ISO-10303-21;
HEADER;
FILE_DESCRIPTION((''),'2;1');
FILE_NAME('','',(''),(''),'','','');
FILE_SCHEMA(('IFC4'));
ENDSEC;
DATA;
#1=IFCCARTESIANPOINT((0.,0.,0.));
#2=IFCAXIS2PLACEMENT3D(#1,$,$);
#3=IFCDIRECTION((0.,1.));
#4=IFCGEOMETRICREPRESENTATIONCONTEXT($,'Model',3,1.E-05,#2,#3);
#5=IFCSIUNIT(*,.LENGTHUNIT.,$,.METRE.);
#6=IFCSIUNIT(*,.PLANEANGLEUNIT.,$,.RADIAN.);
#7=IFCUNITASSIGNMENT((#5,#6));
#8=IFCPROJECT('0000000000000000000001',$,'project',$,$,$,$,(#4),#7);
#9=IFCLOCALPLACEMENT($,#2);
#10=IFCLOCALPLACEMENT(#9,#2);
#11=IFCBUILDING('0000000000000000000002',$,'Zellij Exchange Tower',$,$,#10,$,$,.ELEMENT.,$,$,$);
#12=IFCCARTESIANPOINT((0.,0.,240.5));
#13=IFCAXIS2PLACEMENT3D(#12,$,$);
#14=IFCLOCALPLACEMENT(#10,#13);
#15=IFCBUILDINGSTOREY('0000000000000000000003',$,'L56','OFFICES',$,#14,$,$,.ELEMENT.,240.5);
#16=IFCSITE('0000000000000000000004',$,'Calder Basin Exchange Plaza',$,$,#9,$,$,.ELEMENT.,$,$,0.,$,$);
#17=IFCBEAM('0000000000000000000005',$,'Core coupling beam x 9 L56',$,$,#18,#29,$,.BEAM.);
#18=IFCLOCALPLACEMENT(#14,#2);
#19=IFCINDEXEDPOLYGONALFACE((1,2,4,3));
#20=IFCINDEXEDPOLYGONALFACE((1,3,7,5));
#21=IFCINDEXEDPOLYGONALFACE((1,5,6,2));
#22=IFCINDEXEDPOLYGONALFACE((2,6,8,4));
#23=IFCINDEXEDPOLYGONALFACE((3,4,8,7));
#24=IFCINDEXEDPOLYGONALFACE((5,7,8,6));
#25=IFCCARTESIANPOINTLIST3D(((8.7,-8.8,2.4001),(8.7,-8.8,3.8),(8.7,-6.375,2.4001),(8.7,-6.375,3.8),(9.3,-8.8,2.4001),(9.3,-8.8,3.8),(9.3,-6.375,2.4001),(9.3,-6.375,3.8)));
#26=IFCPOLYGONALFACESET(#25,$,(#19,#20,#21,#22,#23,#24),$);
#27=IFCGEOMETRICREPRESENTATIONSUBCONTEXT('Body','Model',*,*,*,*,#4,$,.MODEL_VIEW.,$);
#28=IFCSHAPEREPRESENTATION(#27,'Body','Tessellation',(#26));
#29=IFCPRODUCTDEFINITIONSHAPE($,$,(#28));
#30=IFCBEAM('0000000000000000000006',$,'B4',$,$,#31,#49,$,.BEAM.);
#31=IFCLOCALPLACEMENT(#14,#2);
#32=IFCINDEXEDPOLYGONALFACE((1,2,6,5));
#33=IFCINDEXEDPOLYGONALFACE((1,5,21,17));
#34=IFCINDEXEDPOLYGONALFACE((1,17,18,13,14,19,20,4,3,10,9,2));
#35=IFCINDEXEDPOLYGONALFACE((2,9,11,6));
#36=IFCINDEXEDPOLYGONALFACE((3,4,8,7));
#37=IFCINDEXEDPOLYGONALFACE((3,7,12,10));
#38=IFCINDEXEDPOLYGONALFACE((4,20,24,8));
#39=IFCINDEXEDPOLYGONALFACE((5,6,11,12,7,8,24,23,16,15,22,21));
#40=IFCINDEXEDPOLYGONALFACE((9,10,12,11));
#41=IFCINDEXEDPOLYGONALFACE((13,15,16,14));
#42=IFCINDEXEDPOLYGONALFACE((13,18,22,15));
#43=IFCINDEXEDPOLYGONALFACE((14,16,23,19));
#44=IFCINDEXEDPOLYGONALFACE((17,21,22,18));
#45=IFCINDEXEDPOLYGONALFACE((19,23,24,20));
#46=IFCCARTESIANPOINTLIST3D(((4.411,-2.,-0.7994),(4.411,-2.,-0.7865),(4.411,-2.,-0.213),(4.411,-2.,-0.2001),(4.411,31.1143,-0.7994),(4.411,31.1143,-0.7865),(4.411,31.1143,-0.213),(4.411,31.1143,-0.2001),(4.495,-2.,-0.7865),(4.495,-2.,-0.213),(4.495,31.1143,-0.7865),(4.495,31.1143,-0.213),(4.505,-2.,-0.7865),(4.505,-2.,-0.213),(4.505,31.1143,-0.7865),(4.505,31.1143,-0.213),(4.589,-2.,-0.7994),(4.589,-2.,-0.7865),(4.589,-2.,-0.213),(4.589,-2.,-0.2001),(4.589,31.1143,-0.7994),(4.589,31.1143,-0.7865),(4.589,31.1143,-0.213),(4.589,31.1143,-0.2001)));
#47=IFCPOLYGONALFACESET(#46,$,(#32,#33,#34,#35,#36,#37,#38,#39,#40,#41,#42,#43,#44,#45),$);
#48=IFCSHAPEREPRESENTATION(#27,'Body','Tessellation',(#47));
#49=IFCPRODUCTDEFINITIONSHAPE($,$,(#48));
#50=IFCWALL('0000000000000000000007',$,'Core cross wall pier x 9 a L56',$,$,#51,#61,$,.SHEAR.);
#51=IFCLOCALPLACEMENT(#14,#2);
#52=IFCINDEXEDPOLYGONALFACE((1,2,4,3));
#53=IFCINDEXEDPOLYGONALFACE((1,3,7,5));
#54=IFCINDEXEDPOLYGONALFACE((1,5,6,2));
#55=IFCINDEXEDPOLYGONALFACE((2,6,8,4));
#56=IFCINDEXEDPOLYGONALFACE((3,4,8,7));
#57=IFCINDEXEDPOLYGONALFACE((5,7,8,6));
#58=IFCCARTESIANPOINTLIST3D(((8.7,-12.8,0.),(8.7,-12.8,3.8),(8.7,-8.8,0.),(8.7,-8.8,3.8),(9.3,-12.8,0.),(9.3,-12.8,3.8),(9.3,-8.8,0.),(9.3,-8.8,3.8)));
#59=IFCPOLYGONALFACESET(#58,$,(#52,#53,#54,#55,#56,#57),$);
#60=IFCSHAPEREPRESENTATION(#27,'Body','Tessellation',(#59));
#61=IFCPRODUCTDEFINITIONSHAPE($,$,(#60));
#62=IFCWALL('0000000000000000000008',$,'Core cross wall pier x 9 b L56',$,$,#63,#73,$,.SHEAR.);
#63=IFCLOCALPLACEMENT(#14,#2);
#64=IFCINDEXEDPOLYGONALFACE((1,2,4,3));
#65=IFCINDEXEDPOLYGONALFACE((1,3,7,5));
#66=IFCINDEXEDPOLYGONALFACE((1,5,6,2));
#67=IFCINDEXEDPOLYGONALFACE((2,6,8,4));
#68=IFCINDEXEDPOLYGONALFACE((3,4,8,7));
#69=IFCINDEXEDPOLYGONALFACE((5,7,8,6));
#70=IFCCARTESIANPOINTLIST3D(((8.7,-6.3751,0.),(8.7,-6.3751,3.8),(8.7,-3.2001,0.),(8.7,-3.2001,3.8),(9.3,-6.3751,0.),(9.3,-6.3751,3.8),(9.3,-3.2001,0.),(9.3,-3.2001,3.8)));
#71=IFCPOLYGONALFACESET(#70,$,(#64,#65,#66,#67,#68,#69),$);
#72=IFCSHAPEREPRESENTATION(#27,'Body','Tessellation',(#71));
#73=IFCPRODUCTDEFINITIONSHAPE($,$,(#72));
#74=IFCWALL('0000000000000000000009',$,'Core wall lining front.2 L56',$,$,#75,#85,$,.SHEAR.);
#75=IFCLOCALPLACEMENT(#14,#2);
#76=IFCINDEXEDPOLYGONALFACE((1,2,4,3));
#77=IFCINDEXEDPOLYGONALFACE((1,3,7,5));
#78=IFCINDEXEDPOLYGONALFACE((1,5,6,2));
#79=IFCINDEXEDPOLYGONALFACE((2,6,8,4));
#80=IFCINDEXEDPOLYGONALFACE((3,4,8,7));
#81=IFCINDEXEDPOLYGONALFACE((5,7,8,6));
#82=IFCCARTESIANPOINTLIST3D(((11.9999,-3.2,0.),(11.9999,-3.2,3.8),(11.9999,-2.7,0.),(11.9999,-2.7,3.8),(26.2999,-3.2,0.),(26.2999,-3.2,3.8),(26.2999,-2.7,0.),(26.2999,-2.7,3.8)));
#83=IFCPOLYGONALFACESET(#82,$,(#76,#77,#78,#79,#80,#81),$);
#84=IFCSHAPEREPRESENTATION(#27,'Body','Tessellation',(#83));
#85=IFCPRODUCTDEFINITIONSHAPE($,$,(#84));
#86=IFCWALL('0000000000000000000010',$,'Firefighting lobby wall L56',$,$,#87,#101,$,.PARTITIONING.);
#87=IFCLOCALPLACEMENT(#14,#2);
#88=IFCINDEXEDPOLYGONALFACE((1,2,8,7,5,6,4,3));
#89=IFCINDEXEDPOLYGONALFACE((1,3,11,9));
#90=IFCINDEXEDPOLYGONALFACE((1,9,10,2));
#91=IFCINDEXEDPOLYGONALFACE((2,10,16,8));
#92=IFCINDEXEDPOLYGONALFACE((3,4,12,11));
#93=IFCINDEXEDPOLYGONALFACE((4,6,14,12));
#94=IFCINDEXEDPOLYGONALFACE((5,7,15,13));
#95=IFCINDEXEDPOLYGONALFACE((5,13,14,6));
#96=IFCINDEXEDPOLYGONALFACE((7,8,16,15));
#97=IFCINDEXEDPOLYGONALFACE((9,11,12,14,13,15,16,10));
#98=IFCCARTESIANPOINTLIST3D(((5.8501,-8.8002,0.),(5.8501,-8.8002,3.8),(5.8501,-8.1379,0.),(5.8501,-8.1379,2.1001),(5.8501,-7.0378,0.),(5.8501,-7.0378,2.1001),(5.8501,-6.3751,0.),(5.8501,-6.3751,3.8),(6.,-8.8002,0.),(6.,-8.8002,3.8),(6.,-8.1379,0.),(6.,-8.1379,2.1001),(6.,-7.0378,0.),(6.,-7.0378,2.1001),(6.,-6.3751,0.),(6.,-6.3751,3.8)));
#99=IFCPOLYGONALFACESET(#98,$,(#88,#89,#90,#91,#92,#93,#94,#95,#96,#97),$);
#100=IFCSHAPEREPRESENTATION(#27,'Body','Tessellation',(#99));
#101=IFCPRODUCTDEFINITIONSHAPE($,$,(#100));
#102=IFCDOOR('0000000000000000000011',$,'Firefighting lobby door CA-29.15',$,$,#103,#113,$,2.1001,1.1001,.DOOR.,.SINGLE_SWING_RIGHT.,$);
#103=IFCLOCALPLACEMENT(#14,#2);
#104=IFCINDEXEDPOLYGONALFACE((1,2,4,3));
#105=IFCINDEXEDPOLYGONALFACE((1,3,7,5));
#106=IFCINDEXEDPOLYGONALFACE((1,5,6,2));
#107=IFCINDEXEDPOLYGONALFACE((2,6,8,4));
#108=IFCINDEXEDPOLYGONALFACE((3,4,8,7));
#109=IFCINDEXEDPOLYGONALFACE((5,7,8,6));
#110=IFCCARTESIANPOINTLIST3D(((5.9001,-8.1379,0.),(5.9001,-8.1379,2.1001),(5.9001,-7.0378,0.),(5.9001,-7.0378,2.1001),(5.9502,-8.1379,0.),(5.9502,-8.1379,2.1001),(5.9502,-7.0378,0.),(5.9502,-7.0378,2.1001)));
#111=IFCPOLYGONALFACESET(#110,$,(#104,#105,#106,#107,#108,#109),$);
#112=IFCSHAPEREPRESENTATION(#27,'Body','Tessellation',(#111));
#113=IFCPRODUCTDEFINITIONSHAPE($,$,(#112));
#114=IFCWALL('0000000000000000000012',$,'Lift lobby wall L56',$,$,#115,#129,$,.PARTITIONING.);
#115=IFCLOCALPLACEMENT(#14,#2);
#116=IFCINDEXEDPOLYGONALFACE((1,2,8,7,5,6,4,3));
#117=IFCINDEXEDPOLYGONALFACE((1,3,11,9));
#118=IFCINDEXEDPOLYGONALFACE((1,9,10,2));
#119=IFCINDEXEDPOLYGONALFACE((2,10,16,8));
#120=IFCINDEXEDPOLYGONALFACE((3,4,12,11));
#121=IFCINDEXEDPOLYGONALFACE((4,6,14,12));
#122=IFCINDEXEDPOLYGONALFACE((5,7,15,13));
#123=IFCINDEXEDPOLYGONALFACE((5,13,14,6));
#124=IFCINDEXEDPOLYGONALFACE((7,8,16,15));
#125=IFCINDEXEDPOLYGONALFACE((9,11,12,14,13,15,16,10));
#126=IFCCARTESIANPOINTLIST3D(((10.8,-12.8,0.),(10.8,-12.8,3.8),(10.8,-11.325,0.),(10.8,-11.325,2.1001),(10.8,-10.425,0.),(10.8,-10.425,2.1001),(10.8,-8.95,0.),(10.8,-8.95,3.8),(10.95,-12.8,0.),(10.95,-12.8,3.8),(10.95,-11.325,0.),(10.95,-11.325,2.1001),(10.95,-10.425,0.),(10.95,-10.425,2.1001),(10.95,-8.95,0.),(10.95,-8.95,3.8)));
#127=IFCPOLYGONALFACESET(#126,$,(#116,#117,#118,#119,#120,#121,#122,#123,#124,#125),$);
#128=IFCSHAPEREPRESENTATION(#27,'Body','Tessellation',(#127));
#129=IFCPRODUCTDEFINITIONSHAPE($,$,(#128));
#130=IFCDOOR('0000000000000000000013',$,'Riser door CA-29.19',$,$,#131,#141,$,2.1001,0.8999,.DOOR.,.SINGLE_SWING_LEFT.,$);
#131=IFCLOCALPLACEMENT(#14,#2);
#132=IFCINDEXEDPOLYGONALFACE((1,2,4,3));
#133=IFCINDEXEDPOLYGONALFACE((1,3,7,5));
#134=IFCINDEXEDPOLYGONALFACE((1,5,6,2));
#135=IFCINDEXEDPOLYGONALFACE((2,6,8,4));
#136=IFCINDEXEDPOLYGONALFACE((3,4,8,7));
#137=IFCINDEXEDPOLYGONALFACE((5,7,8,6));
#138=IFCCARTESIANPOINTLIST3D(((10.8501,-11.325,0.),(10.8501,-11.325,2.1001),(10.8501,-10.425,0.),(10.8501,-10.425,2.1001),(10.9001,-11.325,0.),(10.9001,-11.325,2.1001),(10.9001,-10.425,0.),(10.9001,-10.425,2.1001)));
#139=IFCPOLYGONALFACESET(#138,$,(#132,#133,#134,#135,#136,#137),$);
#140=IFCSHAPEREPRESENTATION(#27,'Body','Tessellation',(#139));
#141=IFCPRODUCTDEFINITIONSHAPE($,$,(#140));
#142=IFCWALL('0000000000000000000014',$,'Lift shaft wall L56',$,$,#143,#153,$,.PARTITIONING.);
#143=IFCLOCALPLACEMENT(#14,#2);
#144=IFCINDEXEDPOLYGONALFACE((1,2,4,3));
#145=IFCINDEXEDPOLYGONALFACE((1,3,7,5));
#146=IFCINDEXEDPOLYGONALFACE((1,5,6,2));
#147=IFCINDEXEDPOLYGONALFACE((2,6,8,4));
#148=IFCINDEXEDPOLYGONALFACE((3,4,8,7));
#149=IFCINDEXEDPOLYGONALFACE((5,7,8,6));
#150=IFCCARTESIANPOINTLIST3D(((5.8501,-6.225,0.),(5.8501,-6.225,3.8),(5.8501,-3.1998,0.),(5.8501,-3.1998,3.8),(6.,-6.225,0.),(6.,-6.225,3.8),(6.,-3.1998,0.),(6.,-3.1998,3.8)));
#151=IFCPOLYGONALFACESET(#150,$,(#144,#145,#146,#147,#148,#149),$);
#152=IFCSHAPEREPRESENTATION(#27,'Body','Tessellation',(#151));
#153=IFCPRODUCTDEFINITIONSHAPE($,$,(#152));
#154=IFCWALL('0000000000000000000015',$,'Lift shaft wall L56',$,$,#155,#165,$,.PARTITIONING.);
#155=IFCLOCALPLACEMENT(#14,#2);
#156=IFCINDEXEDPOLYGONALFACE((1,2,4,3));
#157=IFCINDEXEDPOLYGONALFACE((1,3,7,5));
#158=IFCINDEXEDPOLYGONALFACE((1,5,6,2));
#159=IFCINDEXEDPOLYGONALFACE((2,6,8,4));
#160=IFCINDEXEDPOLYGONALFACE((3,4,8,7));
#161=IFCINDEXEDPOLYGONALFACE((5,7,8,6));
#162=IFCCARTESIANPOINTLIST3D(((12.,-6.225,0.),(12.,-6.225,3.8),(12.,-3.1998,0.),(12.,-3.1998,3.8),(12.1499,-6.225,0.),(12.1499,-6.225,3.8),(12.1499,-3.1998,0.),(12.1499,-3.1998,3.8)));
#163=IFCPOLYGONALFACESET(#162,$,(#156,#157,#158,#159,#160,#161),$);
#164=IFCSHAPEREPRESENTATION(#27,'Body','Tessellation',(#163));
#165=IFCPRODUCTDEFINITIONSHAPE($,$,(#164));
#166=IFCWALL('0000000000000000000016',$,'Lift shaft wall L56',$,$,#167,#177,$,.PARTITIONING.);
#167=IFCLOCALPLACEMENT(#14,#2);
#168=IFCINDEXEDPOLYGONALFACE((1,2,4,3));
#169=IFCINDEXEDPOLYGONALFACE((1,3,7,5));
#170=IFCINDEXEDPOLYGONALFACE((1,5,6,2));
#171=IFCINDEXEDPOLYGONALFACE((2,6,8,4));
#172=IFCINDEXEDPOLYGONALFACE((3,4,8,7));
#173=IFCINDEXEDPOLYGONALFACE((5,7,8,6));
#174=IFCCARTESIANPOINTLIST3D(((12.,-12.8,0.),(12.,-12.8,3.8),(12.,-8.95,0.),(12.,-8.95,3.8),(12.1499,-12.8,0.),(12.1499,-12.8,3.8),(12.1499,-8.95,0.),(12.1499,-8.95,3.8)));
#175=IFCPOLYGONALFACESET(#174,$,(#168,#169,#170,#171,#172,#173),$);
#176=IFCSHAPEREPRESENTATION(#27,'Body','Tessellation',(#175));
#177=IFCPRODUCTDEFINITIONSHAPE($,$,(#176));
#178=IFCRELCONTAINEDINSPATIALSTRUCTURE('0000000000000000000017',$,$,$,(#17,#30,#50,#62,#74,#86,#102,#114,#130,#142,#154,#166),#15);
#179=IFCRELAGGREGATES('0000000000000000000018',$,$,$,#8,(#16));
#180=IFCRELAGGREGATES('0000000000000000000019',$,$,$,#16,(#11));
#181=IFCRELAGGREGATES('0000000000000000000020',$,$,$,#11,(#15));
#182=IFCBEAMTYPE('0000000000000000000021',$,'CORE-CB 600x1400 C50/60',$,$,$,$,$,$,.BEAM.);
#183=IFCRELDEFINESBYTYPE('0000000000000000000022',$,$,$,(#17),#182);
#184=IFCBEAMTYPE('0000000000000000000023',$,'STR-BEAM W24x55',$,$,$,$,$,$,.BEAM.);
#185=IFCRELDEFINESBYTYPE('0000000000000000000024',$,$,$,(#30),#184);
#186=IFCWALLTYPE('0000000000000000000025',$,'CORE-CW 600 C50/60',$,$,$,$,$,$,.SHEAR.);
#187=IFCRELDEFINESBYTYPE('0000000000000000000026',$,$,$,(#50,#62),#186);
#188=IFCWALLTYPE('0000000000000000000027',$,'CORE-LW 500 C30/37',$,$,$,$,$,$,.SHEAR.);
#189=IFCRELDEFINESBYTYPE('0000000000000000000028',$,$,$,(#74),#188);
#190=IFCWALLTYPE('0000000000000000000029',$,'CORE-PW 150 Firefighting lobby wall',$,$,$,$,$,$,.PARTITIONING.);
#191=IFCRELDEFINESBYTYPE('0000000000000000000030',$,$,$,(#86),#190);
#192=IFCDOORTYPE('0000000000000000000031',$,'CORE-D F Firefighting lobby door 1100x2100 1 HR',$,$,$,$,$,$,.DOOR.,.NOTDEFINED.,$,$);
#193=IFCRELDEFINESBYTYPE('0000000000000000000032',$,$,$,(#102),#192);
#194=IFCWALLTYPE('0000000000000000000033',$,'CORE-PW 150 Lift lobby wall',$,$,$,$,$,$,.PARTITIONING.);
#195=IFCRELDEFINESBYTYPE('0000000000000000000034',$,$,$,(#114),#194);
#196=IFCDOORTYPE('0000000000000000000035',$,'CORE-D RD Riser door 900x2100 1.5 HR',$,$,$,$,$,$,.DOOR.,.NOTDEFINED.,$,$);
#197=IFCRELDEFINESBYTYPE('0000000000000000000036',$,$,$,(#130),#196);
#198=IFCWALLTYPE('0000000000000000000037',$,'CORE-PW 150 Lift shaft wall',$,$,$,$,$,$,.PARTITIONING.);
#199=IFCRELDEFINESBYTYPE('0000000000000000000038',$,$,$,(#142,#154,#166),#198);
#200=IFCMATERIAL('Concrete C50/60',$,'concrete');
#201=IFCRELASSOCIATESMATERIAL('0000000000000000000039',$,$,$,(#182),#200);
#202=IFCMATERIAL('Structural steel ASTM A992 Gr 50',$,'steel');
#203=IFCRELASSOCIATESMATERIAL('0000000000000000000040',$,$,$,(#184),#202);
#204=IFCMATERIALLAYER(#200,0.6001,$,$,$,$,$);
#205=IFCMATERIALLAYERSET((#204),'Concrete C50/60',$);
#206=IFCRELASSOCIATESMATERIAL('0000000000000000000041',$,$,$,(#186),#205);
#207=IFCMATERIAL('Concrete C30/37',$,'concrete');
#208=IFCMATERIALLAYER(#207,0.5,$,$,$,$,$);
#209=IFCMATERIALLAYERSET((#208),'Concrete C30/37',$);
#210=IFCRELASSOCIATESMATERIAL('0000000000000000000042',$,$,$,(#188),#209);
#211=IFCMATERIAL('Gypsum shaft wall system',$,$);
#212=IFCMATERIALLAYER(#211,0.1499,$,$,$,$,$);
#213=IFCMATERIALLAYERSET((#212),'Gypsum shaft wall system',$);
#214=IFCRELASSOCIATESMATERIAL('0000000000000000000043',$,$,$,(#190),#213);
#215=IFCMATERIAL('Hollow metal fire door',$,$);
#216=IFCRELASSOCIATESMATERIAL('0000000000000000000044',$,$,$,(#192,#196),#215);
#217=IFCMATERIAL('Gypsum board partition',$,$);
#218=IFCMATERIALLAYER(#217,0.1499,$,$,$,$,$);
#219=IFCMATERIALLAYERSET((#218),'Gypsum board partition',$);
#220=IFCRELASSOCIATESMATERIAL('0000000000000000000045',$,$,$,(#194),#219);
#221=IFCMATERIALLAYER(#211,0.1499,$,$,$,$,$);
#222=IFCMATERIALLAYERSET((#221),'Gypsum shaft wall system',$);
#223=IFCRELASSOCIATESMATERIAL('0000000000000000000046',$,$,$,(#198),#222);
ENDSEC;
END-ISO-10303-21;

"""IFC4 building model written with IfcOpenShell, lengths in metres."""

from ifc_helpers import new_model, si_unit, direction, frame, frame_2d, origin, origin_2d, place, context, subcontext, project, spatial, rectangle, i_section, extrude, material, layer, layer_set, material_profile, profile_set, type_object, element, fill, save


model = new_model("IFC4")

# Units and contexts
model_context = context("Model", 3, precision=1e-05, world=origin(), true_north=direction((0.0, 1.0)))
body_context = subcontext(model_context, "Body", "Model", "MODEL_VIEW")
ifc_project = project(units=[si_unit("LENGTHUNIT", "METRE"), si_unit("PLANEANGLEUNIT", "RADIAN")], contexts=[model_context])

# Site, building, storey
site_placement = place(None, origin())
site = spatial("IfcSite", under=ifc_project, at=site_placement, Name="Calder Basin Exchange Plaza", CompositionType="ELEMENT", RefElevation=0.0)
building_placement = place(site_placement, origin())
building = spatial("IfcBuilding", under=site, at=building_placement, Name="Zellij Exchange Tower", CompositionType="ELEMENT")
storey_placement = place(building_placement, frame((0.0, 0.0, 240.5)))
storey = spatial("IfcBuildingStorey", under=building, at=storey_placement, Name="L56", Description="OFFICES", CompositionType="ELEMENT", Elevation=240.5)

# Beams
ifc_material_1 = material(Name="Concrete C50/60", Category="concrete")
ifc_material_profile_1 = material_profile(ifc_material_1, rectangle(XDim=0.6001, YDim=1.3999, at=origin_2d()), Name="CORE-CB 600x1400 C50/60")
ifc_profile_set_1 = profile_set([ifc_material_profile_1], Name="Concrete C50/60")
beam_type_1 = type_object("IfcBeamType", Name="CORE-CB 600x1400 C50/60", PredefinedType="BEAM", material=ifc_profile_set_1)
beam_1_placement = place(storey_placement, frame((9.0, -8.8, 3.1001), z_axis=(0.0, 1.0, 0.0), x_axis=(-1.0, 0.0, 0.0)))
element("IfcBeam", 1, at=beam_1_placement, inside=storey, type_object=beam_type_1, Name="Core coupling beam x 9 L56", PredefinedType="BEAM", context=body_context, shape_type="SweptSolid", body=[
    extrude(rectangle(XDim=0.6001, YDim=1.3999, at=origin_2d()), origin(), (0.0, 0.0, 1.0), 2.425),
])
ifc_material_2 = material(Name="Structural steel ASTM A992 Gr 50", Category="steel")
ifc_material_profile_2 = material_profile(ifc_material_2, i_section(OverallWidth=0.178, OverallDepth=0.5994, WebThickness=0.01, FlangeThickness=0.0129, at=origin_2d()), Name="W24x55")
ifc_profile_set_2 = profile_set([ifc_material_profile_2], Name="Structural steel ASTM A992 Gr 50")
beam_type_2 = type_object("IfcBeamType", Name="STR-BEAM W24x55", PredefinedType="BEAM", material=ifc_profile_set_2)
beam_2_placement = place(storey_placement, frame((4.5, -2.0, -0.4998), z_axis=(0.0, 1.0, 0.0), x_axis=(-1.0, 0.0, 0.0)))
element("IfcBeam", 2, at=beam_2_placement, inside=storey, type_object=beam_type_2, Name="B4", PredefinedType="BEAM", context=body_context, shape_type="SweptSolid", body=[
    extrude(i_section(OverallWidth=0.178, OverallDepth=0.5994, WebThickness=0.01, FlangeThickness=0.0129, at=origin_2d()), origin(), (0.0, 0.0, 1.0), 33.1143),
])

# Walls
ifc_layer_1 = layer(ifc_material_1, 0.6001)
ifc_layer_set_1 = layer_set([ifc_layer_1], Name="Concrete C50/60")
wall_type_1 = type_object("IfcWallType", Name="CORE-CW 600 C50/60", PredefinedType="SHEAR", material=ifc_layer_set_1)
wall_1_placement = place(storey_placement, frame((9.0, -12.8, 0.0), z_axis=(0.0, 0.0, 1.0), x_axis=(0.0, 1.0, 0.0)))
element("IfcWall", 3, at=wall_1_placement, inside=storey, type_object=wall_type_1, Name="Core cross wall pier x 9 a L56", PredefinedType="SHEAR", context=body_context, shape_type="SweptSolid", body=[
    extrude(rectangle(XDim=4.0, YDim=0.6001, at=frame_2d((2.0, 0.0))), origin(), (0.0, 0.0, 1.0), 3.8),
])
wall_2_placement = place(storey_placement, frame((9.0, -6.375, 0.0), z_axis=(0.0, 0.0, 1.0), x_axis=(0.0, 1.0, 0.0)))
element("IfcWall", 4, at=wall_2_placement, inside=storey, type_object=wall_type_1, Name="Core cross wall pier x 9 b L56", PredefinedType="SHEAR", context=body_context, shape_type="SweptSolid", body=[
    extrude(rectangle(XDim=3.175, YDim=0.6001, at=frame_2d((1.5874, 0.0))), origin(), (0.0, 0.0, 1.0), 3.8),
])
ifc_material_3 = material(Name="Concrete C30/37", Category="concrete")
ifc_layer_2 = layer(ifc_material_3, 0.5)
ifc_layer_set_2 = layer_set([ifc_layer_2], Name="Concrete C30/37")
wall_type_2 = type_object("IfcWallType", Name="CORE-LW 500 C30/37", PredefinedType="SHEAR", material=ifc_layer_set_2)
wall_3_placement = place(storey_placement, frame((12.0, -2.95, 0.0), z_axis=(0.0, 0.0, 1.0), x_axis=(1.0, 0.0, 0.0)))
element("IfcWall", 5, at=wall_3_placement, inside=storey, type_object=wall_type_2, Name="Core wall lining front.2 L56", PredefinedType="SHEAR", context=body_context, shape_type="SweptSolid", body=[
    extrude(rectangle(XDim=14.3, YDim=0.5, at=frame_2d((7.1499, 0.0))), origin(), (0.0, 0.0, 1.0), 3.8),
])

# Walls, openings, doors
ifc_material_4 = material(Name="Gypsum shaft wall system")
ifc_layer_3 = layer(ifc_material_4, 0.1499)
ifc_layer_set_3 = layer_set([ifc_layer_3], Name="Gypsum shaft wall system")
wall_type_3 = type_object("IfcWallType", Name="CORE-PW 150 Firefighting lobby wall", PredefinedType="PARTITIONING", material=ifc_layer_set_3)
wall_4_placement = place(storey_placement, frame((5.925, -8.8, 0.0), z_axis=(0.0, 0.0, 1.0), x_axis=(0.0, 1.0, 0.0)))
wall_4 = element("IfcWall", 6, at=wall_4_placement, inside=storey, type_object=wall_type_3, Name="Firefighting lobby wall L56", PredefinedType="PARTITIONING", context=body_context, shape_type="SweptSolid", body=[
    extrude(rectangle(XDim=2.425, YDim=0.1499, at=frame_2d((1.2124, 0.0))), origin(), (0.0, 0.0, 1.0), 3.8),
])
opening_1_placement = place(wall_4_placement, frame((0.6621, 0.0, 0.0)))
opening_1 = element("IfcOpeningElement", 7, at=opening_1_placement, cuts=wall_4, PredefinedType="OPENING", context=body_context, shape_type="SweptSolid", body=[
    extrude(rectangle(XDim=1.1001, YDim=2.1001, at=frame_2d((0.55, 1.05))), frame((0.0, 0.0869, 0.0), z_axis=(0.0, -1.0, 0.0), x_axis=(1.0, 0.0, 0.0)), (0.0, 0.0, 1.0), 0.1738),
])
ifc_material_5 = material(Name="Hollow metal fire door")
door_type_1 = type_object("IfcDoorType", Name="CORE-D F Firefighting lobby door 1100x2100 1 HR", OperationType="NOTDEFINED", PredefinedType="DOOR", material=ifc_material_5)
door_1_placement = place(opening_1_placement, origin())
door_1 = element("IfcDoor", 8, at=door_1_placement, inside=storey, type_object=door_type_1, Name="Firefighting lobby door CA-29.15", OperationType="SINGLE_SWING_RIGHT", OverallHeight=2.1001, OverallWidth=1.1001, PredefinedType="DOOR", context=body_context, shape_type="SweptSolid", body=[
    extrude(rectangle(XDim=1.1001, YDim=2.1001, at=frame_2d((0.55, 1.05))), frame((0.0, 0.0249, 0.0), z_axis=(0.0, -1.0, 0.0), x_axis=(1.0, 0.0, 0.0)), (0.0, 0.0, 1.0), 0.05),
])
fill(opening_1, door_1)
ifc_material_6 = material(Name="Gypsum board partition")
ifc_layer_4 = layer(ifc_material_6, 0.1499)
ifc_layer_set_4 = layer_set([ifc_layer_4], Name="Gypsum board partition")
wall_type_4 = type_object("IfcWallType", Name="CORE-PW 150 Lift lobby wall", PredefinedType="PARTITIONING", material=ifc_layer_set_4)
wall_5_placement = place(storey_placement, frame((10.875, -12.8, 0.0), z_axis=(0.0, 0.0, 1.0), x_axis=(0.0, 1.0, 0.0)))
wall_5 = element("IfcWall", 9, at=wall_5_placement, inside=storey, type_object=wall_type_4, Name="Lift lobby wall L56", PredefinedType="PARTITIONING", context=body_context, shape_type="SweptSolid", body=[
    extrude(rectangle(XDim=3.8501, YDim=0.1499, at=frame_2d((1.925, 0.0))), origin(), (0.0, 0.0, 1.0), 3.8),
])
opening_2_placement = place(wall_5_placement, frame((1.4751, 0.0, 0.0)))
opening_2 = element("IfcOpeningElement", 10, at=opening_2_placement, cuts=wall_5, PredefinedType="OPENING", context=body_context, shape_type="SweptSolid", body=[
    extrude(rectangle(XDim=0.8999, YDim=2.1001, at=frame_2d((0.45, 1.05))), frame((0.0, 0.0869, 0.0), z_axis=(0.0, -1.0, 0.0), x_axis=(1.0, 0.0, 0.0)), (0.0, 0.0, 1.0), 0.1738),
])
door_type_2 = type_object("IfcDoorType", Name="CORE-D RD Riser door 900x2100 1.5 HR", OperationType="NOTDEFINED", PredefinedType="DOOR", material=ifc_material_5)
door_2_placement = place(opening_2_placement, origin())
door_2 = element("IfcDoor", 11, at=door_2_placement, inside=storey, type_object=door_type_2, Name="Riser door CA-29.19", OperationType="SINGLE_SWING_LEFT", OverallHeight=2.1001, OverallWidth=0.8999, PredefinedType="DOOR", context=body_context, shape_type="SweptSolid", body=[
    extrude(rectangle(XDim=0.8999, YDim=2.1001, at=frame_2d((0.45, 1.05))), frame((0.0, 0.0249, 0.0), z_axis=(0.0, -1.0, 0.0), x_axis=(1.0, 0.0, 0.0)), (0.0, 0.0, 1.0), 0.05),
])
fill(opening_2, door_2)

# Walls
ifc_layer_5 = layer(ifc_material_4, 0.1499)
ifc_layer_set_5 = layer_set([ifc_layer_5], Name="Gypsum shaft wall system")
wall_type_5 = type_object("IfcWallType", Name="CORE-PW 150 Lift shaft wall", PredefinedType="PARTITIONING", material=ifc_layer_set_5)
for number, where, z_axis, x_axis, name in (
    (12, (5.925, -6.2251, 0.0), (0.0, 0.0, 1.0), (0.0, 1.0, 0.0), "Lift shaft wall L56"),
    (13, (12.075, -6.2251, 0.0), (0.0, 0.0, 1.0), (0.0, 1.0, 0.0), "Lift shaft wall L56"),
):
    element("IfcWall", number, at=place(storey_placement, frame(where, z_axis=z_axis, x_axis=x_axis)), inside=storey, type_object=wall_type_5, Name=name, PredefinedType="PARTITIONING", context=body_context, shape_type="SweptSolid", body=[
        extrude(rectangle(XDim=3.0251, YDim=0.1499, at=frame_2d((1.5127, 0.0))), origin(), (0.0, 0.0, 1.0), 3.8),
    ])
wall_6_placement = place(storey_placement, frame((12.075, -12.8, 0.0), z_axis=(0.0, 0.0, 1.0), x_axis=(0.0, 1.0, 0.0)))
element("IfcWall", 14, at=wall_6_placement, inside=storey, type_object=wall_type_5, Name="Lift shaft wall L56", PredefinedType="PARTITIONING", context=body_context, shape_type="SweptSolid", body=[
    extrude(rectangle(XDim=3.8501, YDim=0.1499, at=frame_2d((1.925, 0.0))), origin(), (0.0, 0.0, 1.0), 3.8),
])

save(model, "model.ifc")
